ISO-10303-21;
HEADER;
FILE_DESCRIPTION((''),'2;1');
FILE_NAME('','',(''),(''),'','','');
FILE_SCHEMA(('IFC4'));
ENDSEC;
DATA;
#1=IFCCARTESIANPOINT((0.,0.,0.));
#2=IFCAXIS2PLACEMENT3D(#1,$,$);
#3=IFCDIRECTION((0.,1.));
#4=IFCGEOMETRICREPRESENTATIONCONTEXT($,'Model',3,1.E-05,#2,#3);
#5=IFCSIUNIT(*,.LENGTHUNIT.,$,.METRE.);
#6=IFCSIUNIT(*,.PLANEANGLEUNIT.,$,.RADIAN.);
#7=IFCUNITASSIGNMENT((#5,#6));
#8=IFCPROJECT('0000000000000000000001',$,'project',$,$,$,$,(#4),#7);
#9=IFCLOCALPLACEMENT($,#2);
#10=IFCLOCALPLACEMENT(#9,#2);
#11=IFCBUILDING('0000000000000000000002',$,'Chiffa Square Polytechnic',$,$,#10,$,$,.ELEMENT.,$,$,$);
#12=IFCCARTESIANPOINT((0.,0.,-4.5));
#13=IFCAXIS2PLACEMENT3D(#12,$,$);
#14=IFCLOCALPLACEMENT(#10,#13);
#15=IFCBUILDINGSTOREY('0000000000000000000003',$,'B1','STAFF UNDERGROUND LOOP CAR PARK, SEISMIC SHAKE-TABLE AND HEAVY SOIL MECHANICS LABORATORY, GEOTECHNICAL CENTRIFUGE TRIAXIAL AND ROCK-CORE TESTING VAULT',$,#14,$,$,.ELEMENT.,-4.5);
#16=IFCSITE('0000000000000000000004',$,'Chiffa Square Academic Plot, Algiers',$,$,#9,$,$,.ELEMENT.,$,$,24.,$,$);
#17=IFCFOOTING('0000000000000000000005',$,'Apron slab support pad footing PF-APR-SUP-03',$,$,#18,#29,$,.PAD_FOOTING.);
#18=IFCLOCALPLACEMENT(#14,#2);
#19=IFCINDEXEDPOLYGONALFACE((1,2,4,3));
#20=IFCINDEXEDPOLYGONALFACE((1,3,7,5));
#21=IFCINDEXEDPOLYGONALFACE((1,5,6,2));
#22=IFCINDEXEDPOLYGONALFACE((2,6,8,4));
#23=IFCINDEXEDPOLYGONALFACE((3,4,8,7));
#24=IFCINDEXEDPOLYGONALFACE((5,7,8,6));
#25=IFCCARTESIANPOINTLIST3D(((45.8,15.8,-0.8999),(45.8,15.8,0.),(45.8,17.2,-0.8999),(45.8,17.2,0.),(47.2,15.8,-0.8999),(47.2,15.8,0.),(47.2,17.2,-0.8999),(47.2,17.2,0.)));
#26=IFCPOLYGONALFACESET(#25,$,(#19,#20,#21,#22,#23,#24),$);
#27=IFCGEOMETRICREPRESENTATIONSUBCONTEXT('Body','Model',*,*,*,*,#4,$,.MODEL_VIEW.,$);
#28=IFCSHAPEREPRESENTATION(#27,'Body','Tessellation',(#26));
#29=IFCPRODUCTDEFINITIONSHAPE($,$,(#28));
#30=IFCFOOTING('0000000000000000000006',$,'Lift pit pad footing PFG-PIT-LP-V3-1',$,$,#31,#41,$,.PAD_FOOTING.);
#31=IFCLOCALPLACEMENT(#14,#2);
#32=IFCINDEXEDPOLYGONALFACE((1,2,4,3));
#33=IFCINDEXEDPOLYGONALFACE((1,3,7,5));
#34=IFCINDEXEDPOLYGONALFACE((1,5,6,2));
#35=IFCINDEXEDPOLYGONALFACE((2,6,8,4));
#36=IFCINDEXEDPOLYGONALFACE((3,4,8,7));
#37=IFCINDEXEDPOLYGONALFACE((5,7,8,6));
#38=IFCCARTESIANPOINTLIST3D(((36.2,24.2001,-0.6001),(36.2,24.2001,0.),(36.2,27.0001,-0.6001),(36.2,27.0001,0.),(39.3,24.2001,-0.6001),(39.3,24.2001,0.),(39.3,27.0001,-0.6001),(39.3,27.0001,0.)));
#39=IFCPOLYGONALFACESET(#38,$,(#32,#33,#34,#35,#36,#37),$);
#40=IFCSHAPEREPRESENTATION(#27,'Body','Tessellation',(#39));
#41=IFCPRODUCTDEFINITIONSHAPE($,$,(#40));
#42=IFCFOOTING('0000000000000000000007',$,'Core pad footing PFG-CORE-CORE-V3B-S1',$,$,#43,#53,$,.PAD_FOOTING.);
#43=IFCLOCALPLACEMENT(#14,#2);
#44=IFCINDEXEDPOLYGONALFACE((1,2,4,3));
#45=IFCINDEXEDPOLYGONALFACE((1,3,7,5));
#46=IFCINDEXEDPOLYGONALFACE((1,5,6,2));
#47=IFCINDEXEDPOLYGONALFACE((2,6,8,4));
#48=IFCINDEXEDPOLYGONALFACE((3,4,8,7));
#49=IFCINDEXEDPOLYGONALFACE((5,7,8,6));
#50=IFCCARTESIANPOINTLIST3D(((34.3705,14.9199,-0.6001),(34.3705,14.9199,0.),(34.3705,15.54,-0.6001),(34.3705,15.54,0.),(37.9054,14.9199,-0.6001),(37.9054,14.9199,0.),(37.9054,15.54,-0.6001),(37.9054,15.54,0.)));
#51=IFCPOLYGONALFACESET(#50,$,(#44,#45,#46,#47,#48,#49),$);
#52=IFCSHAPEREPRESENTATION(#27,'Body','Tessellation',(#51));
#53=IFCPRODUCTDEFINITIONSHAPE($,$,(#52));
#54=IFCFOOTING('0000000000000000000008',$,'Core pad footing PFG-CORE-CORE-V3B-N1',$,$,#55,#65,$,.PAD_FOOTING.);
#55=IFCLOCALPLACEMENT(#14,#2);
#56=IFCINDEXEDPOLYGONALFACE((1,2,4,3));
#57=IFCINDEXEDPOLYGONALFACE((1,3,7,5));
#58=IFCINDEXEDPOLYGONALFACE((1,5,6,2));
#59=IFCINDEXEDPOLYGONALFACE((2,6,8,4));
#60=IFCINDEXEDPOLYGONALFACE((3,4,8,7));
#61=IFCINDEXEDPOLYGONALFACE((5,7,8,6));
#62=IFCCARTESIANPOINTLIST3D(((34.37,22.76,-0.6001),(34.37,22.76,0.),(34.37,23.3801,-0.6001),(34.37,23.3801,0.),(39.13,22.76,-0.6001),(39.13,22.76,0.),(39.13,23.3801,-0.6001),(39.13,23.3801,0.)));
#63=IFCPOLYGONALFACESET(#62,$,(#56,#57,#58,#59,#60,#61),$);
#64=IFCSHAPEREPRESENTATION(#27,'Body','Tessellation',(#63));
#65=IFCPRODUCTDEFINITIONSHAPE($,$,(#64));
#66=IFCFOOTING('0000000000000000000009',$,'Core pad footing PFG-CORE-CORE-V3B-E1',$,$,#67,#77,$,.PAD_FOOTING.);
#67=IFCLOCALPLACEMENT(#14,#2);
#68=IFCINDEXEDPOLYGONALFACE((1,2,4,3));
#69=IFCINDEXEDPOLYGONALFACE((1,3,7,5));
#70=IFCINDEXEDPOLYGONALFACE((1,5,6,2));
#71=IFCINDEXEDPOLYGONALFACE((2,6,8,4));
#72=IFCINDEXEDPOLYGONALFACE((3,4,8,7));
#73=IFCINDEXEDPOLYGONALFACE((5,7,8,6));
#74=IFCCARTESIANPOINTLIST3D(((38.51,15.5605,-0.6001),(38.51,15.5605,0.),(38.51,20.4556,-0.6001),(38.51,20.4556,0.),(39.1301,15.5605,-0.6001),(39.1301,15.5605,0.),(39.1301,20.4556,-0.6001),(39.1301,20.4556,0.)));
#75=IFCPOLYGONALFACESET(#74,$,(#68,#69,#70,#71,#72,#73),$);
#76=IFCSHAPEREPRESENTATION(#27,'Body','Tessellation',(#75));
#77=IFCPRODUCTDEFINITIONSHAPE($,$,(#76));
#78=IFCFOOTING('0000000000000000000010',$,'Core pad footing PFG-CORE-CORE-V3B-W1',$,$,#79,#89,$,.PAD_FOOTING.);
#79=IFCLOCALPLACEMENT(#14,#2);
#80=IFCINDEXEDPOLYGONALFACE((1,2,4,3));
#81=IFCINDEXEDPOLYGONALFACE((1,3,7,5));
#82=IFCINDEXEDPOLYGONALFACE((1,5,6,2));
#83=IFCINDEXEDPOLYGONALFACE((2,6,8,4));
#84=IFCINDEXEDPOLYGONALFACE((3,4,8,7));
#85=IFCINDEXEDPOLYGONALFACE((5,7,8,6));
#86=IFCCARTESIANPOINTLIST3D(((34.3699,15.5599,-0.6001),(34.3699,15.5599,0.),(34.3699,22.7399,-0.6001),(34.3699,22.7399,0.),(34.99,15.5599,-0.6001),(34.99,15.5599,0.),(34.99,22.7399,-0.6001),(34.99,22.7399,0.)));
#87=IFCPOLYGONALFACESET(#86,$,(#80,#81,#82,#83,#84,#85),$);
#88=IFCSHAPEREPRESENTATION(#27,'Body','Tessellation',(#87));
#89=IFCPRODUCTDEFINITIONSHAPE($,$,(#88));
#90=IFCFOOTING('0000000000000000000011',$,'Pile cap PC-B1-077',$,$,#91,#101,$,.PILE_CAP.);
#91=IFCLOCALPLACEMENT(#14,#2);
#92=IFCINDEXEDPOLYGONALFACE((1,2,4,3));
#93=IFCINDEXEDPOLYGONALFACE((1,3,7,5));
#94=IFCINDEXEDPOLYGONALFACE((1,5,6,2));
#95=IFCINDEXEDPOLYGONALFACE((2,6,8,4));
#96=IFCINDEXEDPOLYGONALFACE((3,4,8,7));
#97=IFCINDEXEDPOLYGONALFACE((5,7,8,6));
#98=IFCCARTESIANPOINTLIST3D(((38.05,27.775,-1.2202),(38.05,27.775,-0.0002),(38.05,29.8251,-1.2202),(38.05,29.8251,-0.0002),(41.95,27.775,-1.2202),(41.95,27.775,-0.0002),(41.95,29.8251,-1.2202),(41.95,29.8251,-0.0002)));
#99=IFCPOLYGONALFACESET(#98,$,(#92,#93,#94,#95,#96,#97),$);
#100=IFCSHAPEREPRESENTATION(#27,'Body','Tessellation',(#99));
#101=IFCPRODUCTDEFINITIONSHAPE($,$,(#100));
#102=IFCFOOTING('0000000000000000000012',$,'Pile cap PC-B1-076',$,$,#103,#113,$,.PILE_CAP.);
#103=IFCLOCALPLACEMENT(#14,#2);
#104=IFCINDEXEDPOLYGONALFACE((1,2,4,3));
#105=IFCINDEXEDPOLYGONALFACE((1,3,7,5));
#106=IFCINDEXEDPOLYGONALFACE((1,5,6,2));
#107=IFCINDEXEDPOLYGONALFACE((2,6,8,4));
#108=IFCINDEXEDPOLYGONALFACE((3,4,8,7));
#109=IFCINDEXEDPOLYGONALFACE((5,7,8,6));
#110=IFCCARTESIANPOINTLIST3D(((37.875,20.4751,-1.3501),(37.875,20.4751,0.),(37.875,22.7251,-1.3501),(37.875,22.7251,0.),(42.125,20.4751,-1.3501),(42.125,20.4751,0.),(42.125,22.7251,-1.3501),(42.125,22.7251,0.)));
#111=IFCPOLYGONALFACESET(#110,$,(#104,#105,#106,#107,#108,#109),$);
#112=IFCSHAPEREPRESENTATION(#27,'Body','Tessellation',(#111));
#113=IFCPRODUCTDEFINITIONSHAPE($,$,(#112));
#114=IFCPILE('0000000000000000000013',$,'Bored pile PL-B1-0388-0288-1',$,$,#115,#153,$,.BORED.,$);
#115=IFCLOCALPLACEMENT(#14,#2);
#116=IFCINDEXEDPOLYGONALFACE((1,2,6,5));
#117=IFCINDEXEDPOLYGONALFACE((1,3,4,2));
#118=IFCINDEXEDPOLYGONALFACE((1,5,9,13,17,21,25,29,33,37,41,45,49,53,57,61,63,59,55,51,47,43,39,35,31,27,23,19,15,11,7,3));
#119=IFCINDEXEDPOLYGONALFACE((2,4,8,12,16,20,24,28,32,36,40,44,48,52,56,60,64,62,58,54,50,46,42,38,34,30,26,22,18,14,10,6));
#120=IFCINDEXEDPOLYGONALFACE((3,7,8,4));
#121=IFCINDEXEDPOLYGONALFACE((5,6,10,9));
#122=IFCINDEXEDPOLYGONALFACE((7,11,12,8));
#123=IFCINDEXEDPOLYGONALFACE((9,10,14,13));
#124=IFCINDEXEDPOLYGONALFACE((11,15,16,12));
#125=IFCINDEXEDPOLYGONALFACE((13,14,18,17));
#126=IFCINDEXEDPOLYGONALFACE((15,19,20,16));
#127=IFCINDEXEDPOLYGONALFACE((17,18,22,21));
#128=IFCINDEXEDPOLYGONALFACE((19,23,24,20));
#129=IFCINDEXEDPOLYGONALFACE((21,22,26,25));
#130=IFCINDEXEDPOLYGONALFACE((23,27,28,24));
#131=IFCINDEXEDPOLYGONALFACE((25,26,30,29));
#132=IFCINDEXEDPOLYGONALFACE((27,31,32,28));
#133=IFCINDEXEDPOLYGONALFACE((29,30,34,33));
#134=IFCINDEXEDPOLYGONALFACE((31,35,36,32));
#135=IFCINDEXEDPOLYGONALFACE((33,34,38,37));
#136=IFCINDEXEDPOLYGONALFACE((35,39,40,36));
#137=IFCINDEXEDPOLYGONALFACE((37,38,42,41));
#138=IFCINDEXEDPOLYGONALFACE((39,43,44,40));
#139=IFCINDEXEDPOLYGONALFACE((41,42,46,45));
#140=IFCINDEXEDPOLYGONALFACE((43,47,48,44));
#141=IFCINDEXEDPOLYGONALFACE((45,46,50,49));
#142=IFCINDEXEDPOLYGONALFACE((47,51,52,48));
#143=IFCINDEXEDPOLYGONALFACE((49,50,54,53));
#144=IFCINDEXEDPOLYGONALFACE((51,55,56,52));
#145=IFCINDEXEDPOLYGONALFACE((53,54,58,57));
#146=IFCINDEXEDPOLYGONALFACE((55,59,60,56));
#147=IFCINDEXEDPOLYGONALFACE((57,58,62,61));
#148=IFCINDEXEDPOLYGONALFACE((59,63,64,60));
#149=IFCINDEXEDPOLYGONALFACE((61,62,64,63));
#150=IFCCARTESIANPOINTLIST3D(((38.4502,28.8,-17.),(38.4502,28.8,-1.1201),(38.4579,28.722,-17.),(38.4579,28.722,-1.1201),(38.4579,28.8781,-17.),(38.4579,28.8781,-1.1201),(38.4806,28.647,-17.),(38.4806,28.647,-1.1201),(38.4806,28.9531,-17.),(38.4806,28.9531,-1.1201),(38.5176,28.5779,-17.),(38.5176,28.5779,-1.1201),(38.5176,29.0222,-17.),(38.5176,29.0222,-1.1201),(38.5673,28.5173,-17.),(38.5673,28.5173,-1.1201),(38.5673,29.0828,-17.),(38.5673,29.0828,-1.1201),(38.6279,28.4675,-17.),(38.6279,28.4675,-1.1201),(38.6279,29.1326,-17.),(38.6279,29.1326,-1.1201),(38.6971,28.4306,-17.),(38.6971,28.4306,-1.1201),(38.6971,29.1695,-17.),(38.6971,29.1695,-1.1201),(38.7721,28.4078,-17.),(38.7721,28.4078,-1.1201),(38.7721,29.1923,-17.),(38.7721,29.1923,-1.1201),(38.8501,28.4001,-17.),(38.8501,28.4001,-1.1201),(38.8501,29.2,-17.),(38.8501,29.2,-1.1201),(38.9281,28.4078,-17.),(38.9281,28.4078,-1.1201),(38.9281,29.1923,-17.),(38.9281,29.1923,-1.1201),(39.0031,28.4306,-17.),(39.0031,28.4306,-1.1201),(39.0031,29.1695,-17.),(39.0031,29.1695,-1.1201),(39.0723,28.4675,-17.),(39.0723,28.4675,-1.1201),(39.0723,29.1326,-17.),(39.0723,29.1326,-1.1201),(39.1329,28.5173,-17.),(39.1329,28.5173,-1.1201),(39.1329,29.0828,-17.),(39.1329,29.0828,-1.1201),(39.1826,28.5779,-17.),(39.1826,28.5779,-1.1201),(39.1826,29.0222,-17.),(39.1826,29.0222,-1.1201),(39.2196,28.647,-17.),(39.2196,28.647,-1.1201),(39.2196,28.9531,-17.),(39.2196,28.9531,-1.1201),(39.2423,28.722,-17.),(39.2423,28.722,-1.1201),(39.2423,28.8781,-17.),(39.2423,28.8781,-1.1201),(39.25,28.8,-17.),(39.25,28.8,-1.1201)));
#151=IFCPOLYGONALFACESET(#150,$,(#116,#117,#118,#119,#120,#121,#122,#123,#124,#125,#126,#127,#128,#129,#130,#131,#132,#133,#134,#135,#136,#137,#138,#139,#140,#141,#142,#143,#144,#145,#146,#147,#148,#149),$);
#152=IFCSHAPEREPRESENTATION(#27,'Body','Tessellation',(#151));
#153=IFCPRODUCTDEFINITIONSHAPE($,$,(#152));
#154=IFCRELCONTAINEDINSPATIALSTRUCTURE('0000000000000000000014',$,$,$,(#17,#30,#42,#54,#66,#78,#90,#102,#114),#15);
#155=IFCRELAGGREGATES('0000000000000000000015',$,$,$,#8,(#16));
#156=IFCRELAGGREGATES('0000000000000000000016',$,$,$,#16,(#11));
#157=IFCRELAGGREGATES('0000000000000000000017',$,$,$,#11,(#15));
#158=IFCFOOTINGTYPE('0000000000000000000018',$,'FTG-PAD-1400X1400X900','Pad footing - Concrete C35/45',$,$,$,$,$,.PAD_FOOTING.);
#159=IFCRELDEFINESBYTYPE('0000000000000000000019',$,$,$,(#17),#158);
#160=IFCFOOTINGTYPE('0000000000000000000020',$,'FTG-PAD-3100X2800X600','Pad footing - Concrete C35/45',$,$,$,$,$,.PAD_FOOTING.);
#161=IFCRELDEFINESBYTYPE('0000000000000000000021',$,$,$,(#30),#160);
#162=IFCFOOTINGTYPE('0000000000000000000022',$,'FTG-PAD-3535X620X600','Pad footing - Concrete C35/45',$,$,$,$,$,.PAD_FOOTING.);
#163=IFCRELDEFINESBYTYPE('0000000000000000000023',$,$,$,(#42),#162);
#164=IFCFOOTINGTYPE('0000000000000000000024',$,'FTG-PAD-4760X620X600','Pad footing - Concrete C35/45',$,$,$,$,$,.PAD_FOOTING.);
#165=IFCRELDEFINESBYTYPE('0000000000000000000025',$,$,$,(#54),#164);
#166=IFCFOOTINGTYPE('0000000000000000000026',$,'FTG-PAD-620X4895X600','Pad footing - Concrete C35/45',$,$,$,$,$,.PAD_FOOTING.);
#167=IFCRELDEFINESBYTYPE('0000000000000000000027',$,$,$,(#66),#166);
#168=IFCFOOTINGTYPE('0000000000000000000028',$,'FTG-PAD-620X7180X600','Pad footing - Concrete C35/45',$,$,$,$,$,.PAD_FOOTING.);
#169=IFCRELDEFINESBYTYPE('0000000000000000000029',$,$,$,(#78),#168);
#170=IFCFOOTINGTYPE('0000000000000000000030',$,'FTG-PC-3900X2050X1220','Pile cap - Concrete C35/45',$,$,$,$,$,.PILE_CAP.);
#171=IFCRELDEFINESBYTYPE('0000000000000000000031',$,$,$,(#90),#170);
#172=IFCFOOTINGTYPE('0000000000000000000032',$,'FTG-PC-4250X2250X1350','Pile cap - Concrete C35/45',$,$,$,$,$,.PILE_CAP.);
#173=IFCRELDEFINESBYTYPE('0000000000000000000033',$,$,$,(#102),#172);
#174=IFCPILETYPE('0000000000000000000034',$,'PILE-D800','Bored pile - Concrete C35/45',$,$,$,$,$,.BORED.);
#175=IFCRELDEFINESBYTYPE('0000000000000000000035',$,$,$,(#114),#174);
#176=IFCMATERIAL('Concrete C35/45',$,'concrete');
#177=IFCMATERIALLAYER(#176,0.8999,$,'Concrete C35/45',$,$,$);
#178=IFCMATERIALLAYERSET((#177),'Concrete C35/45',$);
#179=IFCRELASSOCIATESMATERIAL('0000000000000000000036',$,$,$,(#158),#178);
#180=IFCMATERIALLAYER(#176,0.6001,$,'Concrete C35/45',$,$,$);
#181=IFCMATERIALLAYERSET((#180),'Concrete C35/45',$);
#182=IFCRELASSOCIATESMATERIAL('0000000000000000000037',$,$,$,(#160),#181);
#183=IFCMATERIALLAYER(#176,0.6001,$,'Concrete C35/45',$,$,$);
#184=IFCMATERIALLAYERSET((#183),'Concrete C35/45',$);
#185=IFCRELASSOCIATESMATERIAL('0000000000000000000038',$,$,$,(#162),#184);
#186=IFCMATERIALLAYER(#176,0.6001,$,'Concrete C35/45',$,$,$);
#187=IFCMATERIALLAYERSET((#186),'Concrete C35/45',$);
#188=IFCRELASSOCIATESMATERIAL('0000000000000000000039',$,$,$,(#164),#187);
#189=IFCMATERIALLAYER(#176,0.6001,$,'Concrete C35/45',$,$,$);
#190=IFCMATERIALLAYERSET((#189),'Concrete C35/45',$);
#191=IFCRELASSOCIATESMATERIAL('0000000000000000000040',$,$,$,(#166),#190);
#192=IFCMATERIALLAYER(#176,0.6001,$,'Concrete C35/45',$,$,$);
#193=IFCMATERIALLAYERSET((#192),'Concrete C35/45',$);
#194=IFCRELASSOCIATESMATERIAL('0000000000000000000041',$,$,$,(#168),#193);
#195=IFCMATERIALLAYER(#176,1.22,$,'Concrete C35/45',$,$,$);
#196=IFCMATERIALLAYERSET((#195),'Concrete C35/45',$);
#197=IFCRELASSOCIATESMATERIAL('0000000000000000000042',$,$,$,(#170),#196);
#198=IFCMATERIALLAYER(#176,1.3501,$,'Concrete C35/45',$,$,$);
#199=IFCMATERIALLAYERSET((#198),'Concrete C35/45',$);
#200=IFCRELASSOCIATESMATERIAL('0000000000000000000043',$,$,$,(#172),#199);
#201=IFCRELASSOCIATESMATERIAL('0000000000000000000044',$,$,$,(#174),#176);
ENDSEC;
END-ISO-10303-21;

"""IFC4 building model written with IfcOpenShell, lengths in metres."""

from ifc_helpers import new_model, si_unit, direction, frame, origin, origin_2d, place, context, subcontext, project, spatial, rectangle, circle, extrude, material, layer, layer_set, material_profile, profile_set, type_object, element, save


model = new_model("IFC4")

# Units and contexts
model_context = context("Model", 3, precision=1e-05, world=origin(), true_north=direction((0.0, 1.0)))
body_context = subcontext(model_context, "Body", "Model", "MODEL_VIEW")
ifc_project = project(units=[si_unit("LENGTHUNIT", "METRE"), si_unit("PLANEANGLEUNIT", "RADIAN")], contexts=[model_context])

# Site, building, storey
site_placement = place(None, origin())
site = spatial("IfcSite", under=ifc_project, at=site_placement, Name="Chiffa Square Academic Plot, Algiers", CompositionType="ELEMENT", RefElevation=24.0)
building_placement = place(site_placement, origin())
building = spatial("IfcBuilding", under=site, at=building_placement, Name="Chiffa Square Polytechnic", CompositionType="ELEMENT")
storey_placement = place(building_placement, frame((0.0, 0.0, -4.5)))
storey = spatial("IfcBuildingStorey", under=building, at=storey_placement, Name="B1", Description="STAFF UNDERGROUND LOOP CAR PARK, SEISMIC SHAKE-TABLE AND HEAVY SOIL MECHANICS LABORATORY, GEOTECHNICAL CENTRIFUGE TRIAXIAL AND ROCK-CORE TESTING VAULT", CompositionType="ELEMENT", Elevation=-4.5)

# Footings
ifc_material_1 = material(Name="Concrete C35/45", Category="concrete")
ifc_layer_1 = layer(ifc_material_1, 0.8999, Name="Concrete C35/45")
ifc_layer_set_1 = layer_set([ifc_layer_1], Name="Concrete C35/45")
footing_type_1 = type_object("IfcFootingType", Name="FTG-PAD-1400X1400X900", Description="Pad footing - Concrete C35/45", PredefinedType="PAD_FOOTING", material=ifc_layer_set_1)
footing_1_placement = place(storey_placement, frame((46.5, 16.5, -0.8999), z_axis=(0.0, 0.0, 1.0), x_axis=(1.0, 0.0, 0.0)))
element("IfcFooting", 1, at=footing_1_placement, inside=storey, type_object=footing_type_1, Name="Apron slab support pad footing PF-APR-SUP-03", PredefinedType="PAD_FOOTING", context=body_context, shape_type="SweptSolid", body=[
    extrude(rectangle(XDim=1.3999, YDim=1.3999, at=origin_2d()), origin(), (0.0, 0.0, 1.0), 0.8999),
])
ifc_layer_2 = layer(ifc_material_1, 0.6001, Name="Concrete C35/45")
ifc_layer_set_2 = layer_set([ifc_layer_2], Name="Concrete C35/45")
footing_type_2 = type_object("IfcFootingType", Name="FTG-PAD-3100X2800X600", Description="Pad footing - Concrete C35/45", PredefinedType="PAD_FOOTING", material=ifc_layer_set_2)
footing_2_placement = place(storey_placement, frame((37.75, 25.6001, -0.6001), z_axis=(0.0, 0.0, 1.0), x_axis=(1.0, 0.0, 0.0)))
element("IfcFooting", 2, at=footing_2_placement, inside=storey, type_object=footing_type_2, Name="Lift pit pad footing PFG-PIT-LP-V3-1", PredefinedType="PAD_FOOTING", context=body_context, shape_type="SweptSolid", body=[
    extrude(rectangle(XDim=3.1001, YDim=2.8, at=origin_2d()), origin(), (0.0, 0.0, 1.0), 0.6001),
])
ifc_layer_3 = layer(ifc_material_1, 0.6001, Name="Concrete C35/45")
ifc_layer_set_3 = layer_set([ifc_layer_3], Name="Concrete C35/45")
footing_type_3 = type_object("IfcFootingType", Name="FTG-PAD-3535X620X600", Description="Pad footing - Concrete C35/45", PredefinedType="PAD_FOOTING", material=ifc_layer_set_3)
footing_3_placement = place(storey_placement, frame((36.1379, 15.23, -0.6001), z_axis=(0.0, 0.0, 1.0), x_axis=(1.0, 0.0, 0.0)))
element("IfcFooting", 3, at=footing_3_placement, inside=storey, type_object=footing_type_3, Name="Core pad footing PFG-CORE-CORE-V3B-S1", PredefinedType="PAD_FOOTING", context=body_context, shape_type="SweptSolid", body=[
    extrude(rectangle(XDim=3.5349, YDim=0.6201, at=origin_2d()), origin(), (0.0, 0.0, 1.0), 0.6001),
])
ifc_layer_4 = layer(ifc_material_1, 0.6001, Name="Concrete C35/45")
ifc_layer_set_4 = layer_set([ifc_layer_4], Name="Concrete C35/45")
footing_type_4 = type_object("IfcFootingType", Name="FTG-PAD-4760X620X600", Description="Pad footing - Concrete C35/45", PredefinedType="PAD_FOOTING", material=ifc_layer_set_4)
footing_4_placement = place(storey_placement, frame((36.75, 23.0701, -0.6001), z_axis=(0.0, 0.0, 1.0), x_axis=(1.0, 0.0, 0.0)))
element("IfcFooting", 4, at=footing_4_placement, inside=storey, type_object=footing_type_4, Name="Core pad footing PFG-CORE-CORE-V3B-N1", PredefinedType="PAD_FOOTING", context=body_context, shape_type="SweptSolid", body=[
    extrude(rectangle(XDim=4.76, YDim=0.6201, at=origin_2d()), origin(), (0.0, 0.0, 1.0), 0.6001),
])
ifc_layer_5 = layer(ifc_material_1, 0.6001, Name="Concrete C35/45")
ifc_layer_set_5 = layer_set([ifc_layer_5], Name="Concrete C35/45")
footing_type_5 = type_object("IfcFootingType", Name="FTG-PAD-620X4895X600", Description="Pad footing - Concrete C35/45", PredefinedType="PAD_FOOTING", material=ifc_layer_set_5)
footing_5_placement = place(storey_placement, frame((38.8201, 18.0081, -0.6001), z_axis=(0.0, 0.0, 1.0), x_axis=(1.0, 0.0, 0.0)))
element("IfcFooting", 5, at=footing_5_placement, inside=storey, type_object=footing_type_5, Name="Core pad footing PFG-CORE-CORE-V3B-E1", PredefinedType="PAD_FOOTING", context=body_context, shape_type="SweptSolid", body=[
    extrude(rectangle(XDim=0.6201, YDim=4.895, at=origin_2d()), origin(), (0.0, 0.0, 1.0), 0.6001),
])
ifc_layer_6 = layer(ifc_material_1, 0.6001, Name="Concrete C35/45")
ifc_layer_set_6 = layer_set([ifc_layer_6], Name="Concrete C35/45")
footing_type_6 = type_object("IfcFootingType", Name="FTG-PAD-620X7180X600", Description="Pad footing - Concrete C35/45", PredefinedType="PAD_FOOTING", material=ifc_layer_set_6)
footing_6_placement = place(storey_placement, frame((34.6799, 19.1499, -0.6001), z_axis=(0.0, 0.0, 1.0), x_axis=(1.0, 0.0, 0.0)))
element("IfcFooting", 6, at=footing_6_placement, inside=storey, type_object=footing_type_6, Name="Core pad footing PFG-CORE-CORE-V3B-W1", PredefinedType="PAD_FOOTING", context=body_context, shape_type="SweptSolid", body=[
    extrude(rectangle(XDim=0.6201, YDim=7.1799, at=origin_2d()), origin(), (0.0, 0.0, 1.0), 0.6001),
])
ifc_layer_7 = layer(ifc_material_1, 1.22, Name="Concrete C35/45")
ifc_layer_set_7 = layer_set([ifc_layer_7], Name="Concrete C35/45")
footing_type_7 = type_object("IfcFootingType", Name="FTG-PC-3900X2050X1220", Description="Pile cap - Concrete C35/45", PredefinedType="PILE_CAP", material=ifc_layer_set_7)
footing_7_placement = place(storey_placement, frame((40.0, 28.8, -1.2202), z_axis=(0.0, 0.0, 1.0), x_axis=(1.0, 0.0, 0.0)))
element("IfcFooting", 7, at=footing_7_placement, inside=storey, type_object=footing_type_7, Name="Pile cap PC-B1-077", PredefinedType="PILE_CAP", context=body_context, shape_type="SweptSolid", body=[
    extrude(rectangle(XDim=3.8999, YDim=2.05, at=origin_2d()), origin(), (0.0, 0.0, 1.0), 1.22),
])
ifc_layer_8 = layer(ifc_material_1, 1.3501, Name="Concrete C35/45")
ifc_layer_set_8 = layer_set([ifc_layer_8], Name="Concrete C35/45")
footing_type_8 = type_object("IfcFootingType", Name="FTG-PC-4250X2250X1350", Description="Pile cap - Concrete C35/45", PredefinedType="PILE_CAP", material=ifc_layer_set_8)
footing_8_placement = place(storey_placement, frame((40.0, 21.6001, -1.3501), z_axis=(0.0, 0.0, 1.0), x_axis=(1.0, 0.0, 0.0)))
element("IfcFooting", 8, at=footing_8_placement, inside=storey, type_object=footing_type_8, Name="Pile cap PC-B1-076", PredefinedType="PILE_CAP", context=body_context, shape_type="SweptSolid", body=[
    extrude(rectangle(XDim=4.25, YDim=2.25, at=origin_2d()), origin(), (0.0, 0.0, 1.0), 1.3501),
])

# Pile
ifc_material_profile_1 = material_profile(ifc_material_1, circle(Radius=0.3999, at=origin_2d()), Name="PILE D800")
ifc_profile_set_1 = profile_set([ifc_material_profile_1], Name="Concrete C35/45")
pile_type_1 = type_object("IfcPileType", Name="PILE-D800", Description="Bored pile - Concrete C35/45", PredefinedType="BORED", material=ifc_profile_set_1)
pile_1_placement = place(storey_placement, frame((38.8501, 28.8, -1.1201), z_axis=(0.0, 0.0, -1.0), x_axis=(1.0, 0.0, 0.0)))
element("IfcPile", 9, at=pile_1_placement, inside=storey, type_object=pile_type_1, Name="Bored pile PL-B1-0388-0288-1", PredefinedType="BORED", context=body_context, shape_type="SweptSolid", body=[
    extrude(circle(Radius=0.3999, at=origin_2d()), origin(), (0.0, 0.0, 1.0), 15.8799),
])

save(model, "model.ifc")
